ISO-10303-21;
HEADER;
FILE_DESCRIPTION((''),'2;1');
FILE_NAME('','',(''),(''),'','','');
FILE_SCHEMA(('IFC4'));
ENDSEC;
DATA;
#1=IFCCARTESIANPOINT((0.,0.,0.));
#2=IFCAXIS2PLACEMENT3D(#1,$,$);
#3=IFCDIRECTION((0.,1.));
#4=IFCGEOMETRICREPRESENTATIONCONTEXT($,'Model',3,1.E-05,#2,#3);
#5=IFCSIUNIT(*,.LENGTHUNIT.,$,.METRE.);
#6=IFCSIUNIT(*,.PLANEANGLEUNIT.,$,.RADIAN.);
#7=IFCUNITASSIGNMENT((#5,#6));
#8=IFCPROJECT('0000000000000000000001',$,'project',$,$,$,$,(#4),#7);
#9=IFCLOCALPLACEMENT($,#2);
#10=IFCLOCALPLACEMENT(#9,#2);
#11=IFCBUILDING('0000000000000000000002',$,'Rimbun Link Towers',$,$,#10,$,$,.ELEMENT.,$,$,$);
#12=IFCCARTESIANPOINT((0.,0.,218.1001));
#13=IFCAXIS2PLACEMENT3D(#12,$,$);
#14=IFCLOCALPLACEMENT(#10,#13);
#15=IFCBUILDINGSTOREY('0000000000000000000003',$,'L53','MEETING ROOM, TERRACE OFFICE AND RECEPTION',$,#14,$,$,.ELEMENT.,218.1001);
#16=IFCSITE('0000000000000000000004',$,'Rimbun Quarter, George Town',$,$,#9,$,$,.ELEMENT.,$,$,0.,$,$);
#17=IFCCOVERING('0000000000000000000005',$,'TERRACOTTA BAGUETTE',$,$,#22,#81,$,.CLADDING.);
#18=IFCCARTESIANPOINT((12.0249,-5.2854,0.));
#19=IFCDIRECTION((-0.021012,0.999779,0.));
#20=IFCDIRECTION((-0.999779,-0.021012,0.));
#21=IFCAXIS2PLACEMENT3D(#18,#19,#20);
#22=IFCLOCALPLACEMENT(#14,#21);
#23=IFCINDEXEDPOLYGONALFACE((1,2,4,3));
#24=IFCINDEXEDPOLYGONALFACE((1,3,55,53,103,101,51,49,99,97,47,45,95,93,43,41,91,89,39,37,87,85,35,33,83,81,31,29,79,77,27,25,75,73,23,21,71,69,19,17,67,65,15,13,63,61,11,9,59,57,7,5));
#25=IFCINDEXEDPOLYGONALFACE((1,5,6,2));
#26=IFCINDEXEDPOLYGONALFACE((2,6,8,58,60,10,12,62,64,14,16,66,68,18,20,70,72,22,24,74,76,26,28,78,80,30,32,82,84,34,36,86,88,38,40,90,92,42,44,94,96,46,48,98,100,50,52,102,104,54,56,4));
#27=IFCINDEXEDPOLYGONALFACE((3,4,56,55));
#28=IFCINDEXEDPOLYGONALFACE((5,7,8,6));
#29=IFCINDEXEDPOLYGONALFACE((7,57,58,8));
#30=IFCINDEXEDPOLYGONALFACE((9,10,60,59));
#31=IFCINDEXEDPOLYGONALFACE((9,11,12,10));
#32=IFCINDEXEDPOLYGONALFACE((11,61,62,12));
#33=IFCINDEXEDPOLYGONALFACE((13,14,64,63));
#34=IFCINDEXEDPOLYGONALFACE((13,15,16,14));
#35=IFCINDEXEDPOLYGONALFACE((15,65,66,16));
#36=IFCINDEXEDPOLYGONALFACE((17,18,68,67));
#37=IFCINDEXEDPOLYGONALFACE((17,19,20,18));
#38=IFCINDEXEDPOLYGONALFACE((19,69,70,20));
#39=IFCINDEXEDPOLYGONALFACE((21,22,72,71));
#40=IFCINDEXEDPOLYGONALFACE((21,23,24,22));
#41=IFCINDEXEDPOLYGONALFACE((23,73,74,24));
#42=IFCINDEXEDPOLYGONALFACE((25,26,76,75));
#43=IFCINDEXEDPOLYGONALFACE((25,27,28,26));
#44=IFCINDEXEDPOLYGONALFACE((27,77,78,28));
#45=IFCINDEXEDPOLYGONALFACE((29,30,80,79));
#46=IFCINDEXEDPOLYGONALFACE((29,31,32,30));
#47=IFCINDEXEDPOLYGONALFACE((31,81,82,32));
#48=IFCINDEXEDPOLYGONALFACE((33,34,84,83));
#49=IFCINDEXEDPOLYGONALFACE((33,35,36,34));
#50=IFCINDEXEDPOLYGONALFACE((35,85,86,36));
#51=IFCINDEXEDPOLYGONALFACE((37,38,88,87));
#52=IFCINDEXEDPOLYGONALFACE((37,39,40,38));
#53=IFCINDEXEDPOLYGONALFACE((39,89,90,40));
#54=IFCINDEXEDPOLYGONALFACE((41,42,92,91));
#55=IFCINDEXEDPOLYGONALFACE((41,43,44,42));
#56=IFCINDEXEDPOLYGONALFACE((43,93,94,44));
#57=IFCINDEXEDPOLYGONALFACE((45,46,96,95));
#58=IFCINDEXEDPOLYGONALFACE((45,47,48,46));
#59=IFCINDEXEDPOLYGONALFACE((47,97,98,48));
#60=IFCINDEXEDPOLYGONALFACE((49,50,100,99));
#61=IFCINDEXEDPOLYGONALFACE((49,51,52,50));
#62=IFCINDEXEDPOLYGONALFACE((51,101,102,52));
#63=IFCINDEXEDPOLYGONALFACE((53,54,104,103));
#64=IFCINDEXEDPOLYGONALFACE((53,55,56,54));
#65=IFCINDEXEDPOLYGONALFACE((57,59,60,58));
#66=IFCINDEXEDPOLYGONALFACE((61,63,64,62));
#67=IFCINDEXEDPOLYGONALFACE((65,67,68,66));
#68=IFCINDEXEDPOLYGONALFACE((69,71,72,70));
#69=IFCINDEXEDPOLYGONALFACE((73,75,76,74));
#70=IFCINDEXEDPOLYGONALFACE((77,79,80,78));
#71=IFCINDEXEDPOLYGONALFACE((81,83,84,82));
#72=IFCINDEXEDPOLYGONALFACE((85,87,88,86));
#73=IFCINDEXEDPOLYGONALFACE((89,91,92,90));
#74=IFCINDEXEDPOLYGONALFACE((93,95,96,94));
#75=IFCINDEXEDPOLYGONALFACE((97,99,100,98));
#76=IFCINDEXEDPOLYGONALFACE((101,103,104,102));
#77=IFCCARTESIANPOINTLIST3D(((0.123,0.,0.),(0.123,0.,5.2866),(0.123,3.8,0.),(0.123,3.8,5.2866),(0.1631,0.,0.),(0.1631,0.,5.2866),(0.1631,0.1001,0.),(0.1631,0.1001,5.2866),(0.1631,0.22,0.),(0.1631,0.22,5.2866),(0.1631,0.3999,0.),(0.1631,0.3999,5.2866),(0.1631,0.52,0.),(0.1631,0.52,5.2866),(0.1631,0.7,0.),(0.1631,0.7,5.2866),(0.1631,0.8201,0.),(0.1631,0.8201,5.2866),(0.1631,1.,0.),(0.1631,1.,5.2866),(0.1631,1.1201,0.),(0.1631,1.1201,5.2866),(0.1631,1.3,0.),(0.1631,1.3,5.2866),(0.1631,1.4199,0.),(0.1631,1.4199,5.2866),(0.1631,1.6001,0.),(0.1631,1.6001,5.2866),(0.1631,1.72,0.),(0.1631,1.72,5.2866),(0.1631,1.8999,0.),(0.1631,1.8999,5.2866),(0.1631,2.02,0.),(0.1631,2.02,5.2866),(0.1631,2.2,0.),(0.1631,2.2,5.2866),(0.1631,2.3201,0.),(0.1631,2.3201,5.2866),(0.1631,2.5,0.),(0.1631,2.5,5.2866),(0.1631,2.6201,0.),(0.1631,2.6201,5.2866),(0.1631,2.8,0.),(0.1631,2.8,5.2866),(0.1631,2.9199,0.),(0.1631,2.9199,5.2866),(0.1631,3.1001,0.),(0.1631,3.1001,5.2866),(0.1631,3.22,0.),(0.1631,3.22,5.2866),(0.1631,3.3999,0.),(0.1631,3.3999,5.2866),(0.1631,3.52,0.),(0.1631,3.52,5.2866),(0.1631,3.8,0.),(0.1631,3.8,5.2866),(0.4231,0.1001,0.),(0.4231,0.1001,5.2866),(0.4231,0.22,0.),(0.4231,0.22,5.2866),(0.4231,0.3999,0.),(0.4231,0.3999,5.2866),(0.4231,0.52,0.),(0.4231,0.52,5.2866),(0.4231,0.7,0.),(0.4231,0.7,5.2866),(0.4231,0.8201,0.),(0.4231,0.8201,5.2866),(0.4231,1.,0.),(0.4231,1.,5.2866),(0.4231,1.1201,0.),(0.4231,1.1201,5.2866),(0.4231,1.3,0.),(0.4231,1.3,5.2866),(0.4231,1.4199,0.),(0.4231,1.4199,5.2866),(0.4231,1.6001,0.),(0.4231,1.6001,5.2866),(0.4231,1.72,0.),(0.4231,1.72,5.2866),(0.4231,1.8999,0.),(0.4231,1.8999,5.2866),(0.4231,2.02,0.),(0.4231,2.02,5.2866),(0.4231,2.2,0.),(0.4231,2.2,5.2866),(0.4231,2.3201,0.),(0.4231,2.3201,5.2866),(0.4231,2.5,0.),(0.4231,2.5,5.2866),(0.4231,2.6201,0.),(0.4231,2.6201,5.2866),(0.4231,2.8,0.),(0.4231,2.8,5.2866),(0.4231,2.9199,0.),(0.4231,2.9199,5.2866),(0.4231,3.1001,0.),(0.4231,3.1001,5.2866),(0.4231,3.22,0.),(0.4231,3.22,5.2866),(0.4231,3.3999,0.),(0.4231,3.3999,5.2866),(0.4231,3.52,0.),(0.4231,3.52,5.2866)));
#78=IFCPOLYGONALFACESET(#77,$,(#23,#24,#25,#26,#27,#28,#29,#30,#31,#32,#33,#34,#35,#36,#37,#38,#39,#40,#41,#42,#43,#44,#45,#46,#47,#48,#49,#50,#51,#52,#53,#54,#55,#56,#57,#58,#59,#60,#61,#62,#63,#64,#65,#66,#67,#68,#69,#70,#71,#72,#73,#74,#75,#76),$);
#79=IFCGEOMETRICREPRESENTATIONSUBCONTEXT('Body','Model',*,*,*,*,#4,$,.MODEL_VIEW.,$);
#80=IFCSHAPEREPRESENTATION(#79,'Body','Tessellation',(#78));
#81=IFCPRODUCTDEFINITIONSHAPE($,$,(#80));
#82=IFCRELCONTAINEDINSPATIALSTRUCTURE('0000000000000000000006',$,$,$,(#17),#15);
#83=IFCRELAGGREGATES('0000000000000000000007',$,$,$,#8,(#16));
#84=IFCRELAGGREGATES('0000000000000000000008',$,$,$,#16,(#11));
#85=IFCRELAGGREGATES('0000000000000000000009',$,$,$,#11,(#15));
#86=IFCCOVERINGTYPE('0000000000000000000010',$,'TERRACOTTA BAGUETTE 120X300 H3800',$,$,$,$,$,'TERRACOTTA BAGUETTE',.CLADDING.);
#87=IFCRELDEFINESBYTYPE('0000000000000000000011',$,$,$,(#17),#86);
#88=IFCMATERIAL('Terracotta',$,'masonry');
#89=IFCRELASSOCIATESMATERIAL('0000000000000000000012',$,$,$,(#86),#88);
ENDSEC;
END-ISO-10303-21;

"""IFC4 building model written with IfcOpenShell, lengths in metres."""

from ifc_helpers import new_model, si_unit, direction, frame, origin, place, context, subcontext, project, spatial, polyline, outline, extrude, material, material_profile, profile_set, type_object, element, save


model = new_model("IFC4")

# Units and contexts
model_context = context("Model", 3, precision=1e-05, world=origin(), true_north=direction((0.0, 1.0)))
body_context = subcontext(model_context, "Body", "Model", "MODEL_VIEW")
ifc_project = project(units=[si_unit("LENGTHUNIT", "METRE"), si_unit("PLANEANGLEUNIT", "RADIAN")], contexts=[model_context])

# Site, building, storey
site_placement = place(None, origin())
site = spatial("IfcSite", under=ifc_project, at=site_placement, Name="Rimbun Quarter, George Town", CompositionType="ELEMENT", RefElevation=0.0)
building_placement = place(site_placement, origin())
building = spatial("IfcBuilding", under=site, at=building_placement, Name="Rimbun Link Towers", CompositionType="ELEMENT")
storey_placement = place(building_placement, frame((0.0, 0.0, 218.1001)))
storey = spatial("IfcBuildingStorey", under=building, at=storey_placement, Name="L53", Description="MEETING ROOM, TERRACE OFFICE AND RECEPTION", CompositionType="ELEMENT", Elevation=218.1001)

# Covering
ifc_material_1 = material(Name="Terracotta", Category="masonry")
ifc_material_profile_1 = material_profile(ifc_material_1, outline(polyline([(0.123, 0.0), (0.1631, 0.0), (0.1631, 0.1001), (0.4231, 0.1001), (0.4231, 0.22), (0.1631, 0.22), (0.1631, 0.3999), (0.4231, 0.3999), (0.4231, 0.52), (0.1631, 0.52), (0.1631, 0.7), (0.4231, 0.7), (0.4231, 0.8201), (0.1631, 0.8201), (0.1631, 1.0), (0.4231, 1.0), (0.4231, 1.1201), (0.1631, 1.1201), (0.1631, 1.3), (0.4231, 1.3), (0.4231, 1.4199), (0.1631, 1.4199), (0.1631, 1.6001), (0.4231, 1.6001), (0.4231, 1.72), (0.1631, 1.72), (0.1631, 1.8999), (0.4231, 1.8999), (0.4231, 2.02), (0.1631, 2.02), (0.1631, 2.2), (0.4231, 2.2), (0.4231, 2.3201), (0.1631, 2.3201), (0.1631, 2.5), (0.4231, 2.5), (0.4231, 2.6201), (0.1631, 2.6201), (0.1631, 2.8), (0.4231, 2.8), (0.4231, 2.9199), (0.1631, 2.9199), (0.1631, 3.1001), (0.4231, 3.1001), (0.4231, 3.22), (0.1631, 3.22), (0.1631, 3.3999), (0.4231, 3.3999), (0.4231, 3.52), (0.1631, 3.52), (0.1631, 3.8), (0.123, 3.8), (0.123, 0.0)])), Name="BAGUETTE 120X300")
ifc_profile_set_1 = profile_set([ifc_material_profile_1], Name="Terracotta")
covering_type_1 = type_object("IfcCoveringType", Name="TERRACOTTA BAGUETTE 120X300 H3800", ElementType="TERRACOTTA BAGUETTE", PredefinedType="CLADDING", material=ifc_profile_set_1)
covering_1_placement = place(storey_placement, frame((12.0249, -5.2854, 0.0), z_axis=(-0.021012, 0.999779, 0.0), x_axis=(-0.999779, -0.021012, 0.0)))
element("IfcCovering", 1, at=covering_1_placement, inside=storey, type_object=covering_type_1, Name="TERRACOTTA BAGUETTE", PredefinedType="CLADDING", context=body_context, shape_type="SweptSolid", body=[
    extrude(outline(polyline([(0.123, 0.0), (0.1631, 0.0), (0.1631, 0.1001), (0.4231, 0.1001), (0.4231, 0.22), (0.1631, 0.22), (0.1631, 0.3999), (0.4231, 0.3999), (0.4231, 0.52), (0.1631, 0.52), (0.1631, 0.7), (0.4231, 0.7), (0.4231, 0.8201), (0.1631, 0.8201), (0.1631, 1.0), (0.4231, 1.0), (0.4231, 1.1201), (0.1631, 1.1201), (0.1631, 1.3), (0.4231, 1.3), (0.4231, 1.4199), (0.1631, 1.4199), (0.1631, 1.6001), (0.4231, 1.6001), (0.4231, 1.72), (0.1631, 1.72), (0.1631, 1.8999), (0.4231, 1.8999), (0.4231, 2.02), (0.1631, 2.02), (0.1631, 2.2), (0.4231, 2.2), (0.4231, 2.3201), (0.1631, 2.3201), (0.1631, 2.5), (0.4231, 2.5), (0.4231, 2.6201), (0.1631, 2.6201), (0.1631, 2.8), (0.4231, 2.8), (0.4231, 2.9199), (0.1631, 2.9199), (0.1631, 3.1001), (0.4231, 3.1001), (0.4231, 3.22), (0.1631, 3.22), (0.1631, 3.3999), (0.4231, 3.3999), (0.4231, 3.52), (0.1631, 3.52), (0.1631, 3.8), (0.123, 3.8), (0.123, 0.0)])), origin(), (0.0, 0.0, 1.0), 5.2866),
])

save(model, "model.ifc")
